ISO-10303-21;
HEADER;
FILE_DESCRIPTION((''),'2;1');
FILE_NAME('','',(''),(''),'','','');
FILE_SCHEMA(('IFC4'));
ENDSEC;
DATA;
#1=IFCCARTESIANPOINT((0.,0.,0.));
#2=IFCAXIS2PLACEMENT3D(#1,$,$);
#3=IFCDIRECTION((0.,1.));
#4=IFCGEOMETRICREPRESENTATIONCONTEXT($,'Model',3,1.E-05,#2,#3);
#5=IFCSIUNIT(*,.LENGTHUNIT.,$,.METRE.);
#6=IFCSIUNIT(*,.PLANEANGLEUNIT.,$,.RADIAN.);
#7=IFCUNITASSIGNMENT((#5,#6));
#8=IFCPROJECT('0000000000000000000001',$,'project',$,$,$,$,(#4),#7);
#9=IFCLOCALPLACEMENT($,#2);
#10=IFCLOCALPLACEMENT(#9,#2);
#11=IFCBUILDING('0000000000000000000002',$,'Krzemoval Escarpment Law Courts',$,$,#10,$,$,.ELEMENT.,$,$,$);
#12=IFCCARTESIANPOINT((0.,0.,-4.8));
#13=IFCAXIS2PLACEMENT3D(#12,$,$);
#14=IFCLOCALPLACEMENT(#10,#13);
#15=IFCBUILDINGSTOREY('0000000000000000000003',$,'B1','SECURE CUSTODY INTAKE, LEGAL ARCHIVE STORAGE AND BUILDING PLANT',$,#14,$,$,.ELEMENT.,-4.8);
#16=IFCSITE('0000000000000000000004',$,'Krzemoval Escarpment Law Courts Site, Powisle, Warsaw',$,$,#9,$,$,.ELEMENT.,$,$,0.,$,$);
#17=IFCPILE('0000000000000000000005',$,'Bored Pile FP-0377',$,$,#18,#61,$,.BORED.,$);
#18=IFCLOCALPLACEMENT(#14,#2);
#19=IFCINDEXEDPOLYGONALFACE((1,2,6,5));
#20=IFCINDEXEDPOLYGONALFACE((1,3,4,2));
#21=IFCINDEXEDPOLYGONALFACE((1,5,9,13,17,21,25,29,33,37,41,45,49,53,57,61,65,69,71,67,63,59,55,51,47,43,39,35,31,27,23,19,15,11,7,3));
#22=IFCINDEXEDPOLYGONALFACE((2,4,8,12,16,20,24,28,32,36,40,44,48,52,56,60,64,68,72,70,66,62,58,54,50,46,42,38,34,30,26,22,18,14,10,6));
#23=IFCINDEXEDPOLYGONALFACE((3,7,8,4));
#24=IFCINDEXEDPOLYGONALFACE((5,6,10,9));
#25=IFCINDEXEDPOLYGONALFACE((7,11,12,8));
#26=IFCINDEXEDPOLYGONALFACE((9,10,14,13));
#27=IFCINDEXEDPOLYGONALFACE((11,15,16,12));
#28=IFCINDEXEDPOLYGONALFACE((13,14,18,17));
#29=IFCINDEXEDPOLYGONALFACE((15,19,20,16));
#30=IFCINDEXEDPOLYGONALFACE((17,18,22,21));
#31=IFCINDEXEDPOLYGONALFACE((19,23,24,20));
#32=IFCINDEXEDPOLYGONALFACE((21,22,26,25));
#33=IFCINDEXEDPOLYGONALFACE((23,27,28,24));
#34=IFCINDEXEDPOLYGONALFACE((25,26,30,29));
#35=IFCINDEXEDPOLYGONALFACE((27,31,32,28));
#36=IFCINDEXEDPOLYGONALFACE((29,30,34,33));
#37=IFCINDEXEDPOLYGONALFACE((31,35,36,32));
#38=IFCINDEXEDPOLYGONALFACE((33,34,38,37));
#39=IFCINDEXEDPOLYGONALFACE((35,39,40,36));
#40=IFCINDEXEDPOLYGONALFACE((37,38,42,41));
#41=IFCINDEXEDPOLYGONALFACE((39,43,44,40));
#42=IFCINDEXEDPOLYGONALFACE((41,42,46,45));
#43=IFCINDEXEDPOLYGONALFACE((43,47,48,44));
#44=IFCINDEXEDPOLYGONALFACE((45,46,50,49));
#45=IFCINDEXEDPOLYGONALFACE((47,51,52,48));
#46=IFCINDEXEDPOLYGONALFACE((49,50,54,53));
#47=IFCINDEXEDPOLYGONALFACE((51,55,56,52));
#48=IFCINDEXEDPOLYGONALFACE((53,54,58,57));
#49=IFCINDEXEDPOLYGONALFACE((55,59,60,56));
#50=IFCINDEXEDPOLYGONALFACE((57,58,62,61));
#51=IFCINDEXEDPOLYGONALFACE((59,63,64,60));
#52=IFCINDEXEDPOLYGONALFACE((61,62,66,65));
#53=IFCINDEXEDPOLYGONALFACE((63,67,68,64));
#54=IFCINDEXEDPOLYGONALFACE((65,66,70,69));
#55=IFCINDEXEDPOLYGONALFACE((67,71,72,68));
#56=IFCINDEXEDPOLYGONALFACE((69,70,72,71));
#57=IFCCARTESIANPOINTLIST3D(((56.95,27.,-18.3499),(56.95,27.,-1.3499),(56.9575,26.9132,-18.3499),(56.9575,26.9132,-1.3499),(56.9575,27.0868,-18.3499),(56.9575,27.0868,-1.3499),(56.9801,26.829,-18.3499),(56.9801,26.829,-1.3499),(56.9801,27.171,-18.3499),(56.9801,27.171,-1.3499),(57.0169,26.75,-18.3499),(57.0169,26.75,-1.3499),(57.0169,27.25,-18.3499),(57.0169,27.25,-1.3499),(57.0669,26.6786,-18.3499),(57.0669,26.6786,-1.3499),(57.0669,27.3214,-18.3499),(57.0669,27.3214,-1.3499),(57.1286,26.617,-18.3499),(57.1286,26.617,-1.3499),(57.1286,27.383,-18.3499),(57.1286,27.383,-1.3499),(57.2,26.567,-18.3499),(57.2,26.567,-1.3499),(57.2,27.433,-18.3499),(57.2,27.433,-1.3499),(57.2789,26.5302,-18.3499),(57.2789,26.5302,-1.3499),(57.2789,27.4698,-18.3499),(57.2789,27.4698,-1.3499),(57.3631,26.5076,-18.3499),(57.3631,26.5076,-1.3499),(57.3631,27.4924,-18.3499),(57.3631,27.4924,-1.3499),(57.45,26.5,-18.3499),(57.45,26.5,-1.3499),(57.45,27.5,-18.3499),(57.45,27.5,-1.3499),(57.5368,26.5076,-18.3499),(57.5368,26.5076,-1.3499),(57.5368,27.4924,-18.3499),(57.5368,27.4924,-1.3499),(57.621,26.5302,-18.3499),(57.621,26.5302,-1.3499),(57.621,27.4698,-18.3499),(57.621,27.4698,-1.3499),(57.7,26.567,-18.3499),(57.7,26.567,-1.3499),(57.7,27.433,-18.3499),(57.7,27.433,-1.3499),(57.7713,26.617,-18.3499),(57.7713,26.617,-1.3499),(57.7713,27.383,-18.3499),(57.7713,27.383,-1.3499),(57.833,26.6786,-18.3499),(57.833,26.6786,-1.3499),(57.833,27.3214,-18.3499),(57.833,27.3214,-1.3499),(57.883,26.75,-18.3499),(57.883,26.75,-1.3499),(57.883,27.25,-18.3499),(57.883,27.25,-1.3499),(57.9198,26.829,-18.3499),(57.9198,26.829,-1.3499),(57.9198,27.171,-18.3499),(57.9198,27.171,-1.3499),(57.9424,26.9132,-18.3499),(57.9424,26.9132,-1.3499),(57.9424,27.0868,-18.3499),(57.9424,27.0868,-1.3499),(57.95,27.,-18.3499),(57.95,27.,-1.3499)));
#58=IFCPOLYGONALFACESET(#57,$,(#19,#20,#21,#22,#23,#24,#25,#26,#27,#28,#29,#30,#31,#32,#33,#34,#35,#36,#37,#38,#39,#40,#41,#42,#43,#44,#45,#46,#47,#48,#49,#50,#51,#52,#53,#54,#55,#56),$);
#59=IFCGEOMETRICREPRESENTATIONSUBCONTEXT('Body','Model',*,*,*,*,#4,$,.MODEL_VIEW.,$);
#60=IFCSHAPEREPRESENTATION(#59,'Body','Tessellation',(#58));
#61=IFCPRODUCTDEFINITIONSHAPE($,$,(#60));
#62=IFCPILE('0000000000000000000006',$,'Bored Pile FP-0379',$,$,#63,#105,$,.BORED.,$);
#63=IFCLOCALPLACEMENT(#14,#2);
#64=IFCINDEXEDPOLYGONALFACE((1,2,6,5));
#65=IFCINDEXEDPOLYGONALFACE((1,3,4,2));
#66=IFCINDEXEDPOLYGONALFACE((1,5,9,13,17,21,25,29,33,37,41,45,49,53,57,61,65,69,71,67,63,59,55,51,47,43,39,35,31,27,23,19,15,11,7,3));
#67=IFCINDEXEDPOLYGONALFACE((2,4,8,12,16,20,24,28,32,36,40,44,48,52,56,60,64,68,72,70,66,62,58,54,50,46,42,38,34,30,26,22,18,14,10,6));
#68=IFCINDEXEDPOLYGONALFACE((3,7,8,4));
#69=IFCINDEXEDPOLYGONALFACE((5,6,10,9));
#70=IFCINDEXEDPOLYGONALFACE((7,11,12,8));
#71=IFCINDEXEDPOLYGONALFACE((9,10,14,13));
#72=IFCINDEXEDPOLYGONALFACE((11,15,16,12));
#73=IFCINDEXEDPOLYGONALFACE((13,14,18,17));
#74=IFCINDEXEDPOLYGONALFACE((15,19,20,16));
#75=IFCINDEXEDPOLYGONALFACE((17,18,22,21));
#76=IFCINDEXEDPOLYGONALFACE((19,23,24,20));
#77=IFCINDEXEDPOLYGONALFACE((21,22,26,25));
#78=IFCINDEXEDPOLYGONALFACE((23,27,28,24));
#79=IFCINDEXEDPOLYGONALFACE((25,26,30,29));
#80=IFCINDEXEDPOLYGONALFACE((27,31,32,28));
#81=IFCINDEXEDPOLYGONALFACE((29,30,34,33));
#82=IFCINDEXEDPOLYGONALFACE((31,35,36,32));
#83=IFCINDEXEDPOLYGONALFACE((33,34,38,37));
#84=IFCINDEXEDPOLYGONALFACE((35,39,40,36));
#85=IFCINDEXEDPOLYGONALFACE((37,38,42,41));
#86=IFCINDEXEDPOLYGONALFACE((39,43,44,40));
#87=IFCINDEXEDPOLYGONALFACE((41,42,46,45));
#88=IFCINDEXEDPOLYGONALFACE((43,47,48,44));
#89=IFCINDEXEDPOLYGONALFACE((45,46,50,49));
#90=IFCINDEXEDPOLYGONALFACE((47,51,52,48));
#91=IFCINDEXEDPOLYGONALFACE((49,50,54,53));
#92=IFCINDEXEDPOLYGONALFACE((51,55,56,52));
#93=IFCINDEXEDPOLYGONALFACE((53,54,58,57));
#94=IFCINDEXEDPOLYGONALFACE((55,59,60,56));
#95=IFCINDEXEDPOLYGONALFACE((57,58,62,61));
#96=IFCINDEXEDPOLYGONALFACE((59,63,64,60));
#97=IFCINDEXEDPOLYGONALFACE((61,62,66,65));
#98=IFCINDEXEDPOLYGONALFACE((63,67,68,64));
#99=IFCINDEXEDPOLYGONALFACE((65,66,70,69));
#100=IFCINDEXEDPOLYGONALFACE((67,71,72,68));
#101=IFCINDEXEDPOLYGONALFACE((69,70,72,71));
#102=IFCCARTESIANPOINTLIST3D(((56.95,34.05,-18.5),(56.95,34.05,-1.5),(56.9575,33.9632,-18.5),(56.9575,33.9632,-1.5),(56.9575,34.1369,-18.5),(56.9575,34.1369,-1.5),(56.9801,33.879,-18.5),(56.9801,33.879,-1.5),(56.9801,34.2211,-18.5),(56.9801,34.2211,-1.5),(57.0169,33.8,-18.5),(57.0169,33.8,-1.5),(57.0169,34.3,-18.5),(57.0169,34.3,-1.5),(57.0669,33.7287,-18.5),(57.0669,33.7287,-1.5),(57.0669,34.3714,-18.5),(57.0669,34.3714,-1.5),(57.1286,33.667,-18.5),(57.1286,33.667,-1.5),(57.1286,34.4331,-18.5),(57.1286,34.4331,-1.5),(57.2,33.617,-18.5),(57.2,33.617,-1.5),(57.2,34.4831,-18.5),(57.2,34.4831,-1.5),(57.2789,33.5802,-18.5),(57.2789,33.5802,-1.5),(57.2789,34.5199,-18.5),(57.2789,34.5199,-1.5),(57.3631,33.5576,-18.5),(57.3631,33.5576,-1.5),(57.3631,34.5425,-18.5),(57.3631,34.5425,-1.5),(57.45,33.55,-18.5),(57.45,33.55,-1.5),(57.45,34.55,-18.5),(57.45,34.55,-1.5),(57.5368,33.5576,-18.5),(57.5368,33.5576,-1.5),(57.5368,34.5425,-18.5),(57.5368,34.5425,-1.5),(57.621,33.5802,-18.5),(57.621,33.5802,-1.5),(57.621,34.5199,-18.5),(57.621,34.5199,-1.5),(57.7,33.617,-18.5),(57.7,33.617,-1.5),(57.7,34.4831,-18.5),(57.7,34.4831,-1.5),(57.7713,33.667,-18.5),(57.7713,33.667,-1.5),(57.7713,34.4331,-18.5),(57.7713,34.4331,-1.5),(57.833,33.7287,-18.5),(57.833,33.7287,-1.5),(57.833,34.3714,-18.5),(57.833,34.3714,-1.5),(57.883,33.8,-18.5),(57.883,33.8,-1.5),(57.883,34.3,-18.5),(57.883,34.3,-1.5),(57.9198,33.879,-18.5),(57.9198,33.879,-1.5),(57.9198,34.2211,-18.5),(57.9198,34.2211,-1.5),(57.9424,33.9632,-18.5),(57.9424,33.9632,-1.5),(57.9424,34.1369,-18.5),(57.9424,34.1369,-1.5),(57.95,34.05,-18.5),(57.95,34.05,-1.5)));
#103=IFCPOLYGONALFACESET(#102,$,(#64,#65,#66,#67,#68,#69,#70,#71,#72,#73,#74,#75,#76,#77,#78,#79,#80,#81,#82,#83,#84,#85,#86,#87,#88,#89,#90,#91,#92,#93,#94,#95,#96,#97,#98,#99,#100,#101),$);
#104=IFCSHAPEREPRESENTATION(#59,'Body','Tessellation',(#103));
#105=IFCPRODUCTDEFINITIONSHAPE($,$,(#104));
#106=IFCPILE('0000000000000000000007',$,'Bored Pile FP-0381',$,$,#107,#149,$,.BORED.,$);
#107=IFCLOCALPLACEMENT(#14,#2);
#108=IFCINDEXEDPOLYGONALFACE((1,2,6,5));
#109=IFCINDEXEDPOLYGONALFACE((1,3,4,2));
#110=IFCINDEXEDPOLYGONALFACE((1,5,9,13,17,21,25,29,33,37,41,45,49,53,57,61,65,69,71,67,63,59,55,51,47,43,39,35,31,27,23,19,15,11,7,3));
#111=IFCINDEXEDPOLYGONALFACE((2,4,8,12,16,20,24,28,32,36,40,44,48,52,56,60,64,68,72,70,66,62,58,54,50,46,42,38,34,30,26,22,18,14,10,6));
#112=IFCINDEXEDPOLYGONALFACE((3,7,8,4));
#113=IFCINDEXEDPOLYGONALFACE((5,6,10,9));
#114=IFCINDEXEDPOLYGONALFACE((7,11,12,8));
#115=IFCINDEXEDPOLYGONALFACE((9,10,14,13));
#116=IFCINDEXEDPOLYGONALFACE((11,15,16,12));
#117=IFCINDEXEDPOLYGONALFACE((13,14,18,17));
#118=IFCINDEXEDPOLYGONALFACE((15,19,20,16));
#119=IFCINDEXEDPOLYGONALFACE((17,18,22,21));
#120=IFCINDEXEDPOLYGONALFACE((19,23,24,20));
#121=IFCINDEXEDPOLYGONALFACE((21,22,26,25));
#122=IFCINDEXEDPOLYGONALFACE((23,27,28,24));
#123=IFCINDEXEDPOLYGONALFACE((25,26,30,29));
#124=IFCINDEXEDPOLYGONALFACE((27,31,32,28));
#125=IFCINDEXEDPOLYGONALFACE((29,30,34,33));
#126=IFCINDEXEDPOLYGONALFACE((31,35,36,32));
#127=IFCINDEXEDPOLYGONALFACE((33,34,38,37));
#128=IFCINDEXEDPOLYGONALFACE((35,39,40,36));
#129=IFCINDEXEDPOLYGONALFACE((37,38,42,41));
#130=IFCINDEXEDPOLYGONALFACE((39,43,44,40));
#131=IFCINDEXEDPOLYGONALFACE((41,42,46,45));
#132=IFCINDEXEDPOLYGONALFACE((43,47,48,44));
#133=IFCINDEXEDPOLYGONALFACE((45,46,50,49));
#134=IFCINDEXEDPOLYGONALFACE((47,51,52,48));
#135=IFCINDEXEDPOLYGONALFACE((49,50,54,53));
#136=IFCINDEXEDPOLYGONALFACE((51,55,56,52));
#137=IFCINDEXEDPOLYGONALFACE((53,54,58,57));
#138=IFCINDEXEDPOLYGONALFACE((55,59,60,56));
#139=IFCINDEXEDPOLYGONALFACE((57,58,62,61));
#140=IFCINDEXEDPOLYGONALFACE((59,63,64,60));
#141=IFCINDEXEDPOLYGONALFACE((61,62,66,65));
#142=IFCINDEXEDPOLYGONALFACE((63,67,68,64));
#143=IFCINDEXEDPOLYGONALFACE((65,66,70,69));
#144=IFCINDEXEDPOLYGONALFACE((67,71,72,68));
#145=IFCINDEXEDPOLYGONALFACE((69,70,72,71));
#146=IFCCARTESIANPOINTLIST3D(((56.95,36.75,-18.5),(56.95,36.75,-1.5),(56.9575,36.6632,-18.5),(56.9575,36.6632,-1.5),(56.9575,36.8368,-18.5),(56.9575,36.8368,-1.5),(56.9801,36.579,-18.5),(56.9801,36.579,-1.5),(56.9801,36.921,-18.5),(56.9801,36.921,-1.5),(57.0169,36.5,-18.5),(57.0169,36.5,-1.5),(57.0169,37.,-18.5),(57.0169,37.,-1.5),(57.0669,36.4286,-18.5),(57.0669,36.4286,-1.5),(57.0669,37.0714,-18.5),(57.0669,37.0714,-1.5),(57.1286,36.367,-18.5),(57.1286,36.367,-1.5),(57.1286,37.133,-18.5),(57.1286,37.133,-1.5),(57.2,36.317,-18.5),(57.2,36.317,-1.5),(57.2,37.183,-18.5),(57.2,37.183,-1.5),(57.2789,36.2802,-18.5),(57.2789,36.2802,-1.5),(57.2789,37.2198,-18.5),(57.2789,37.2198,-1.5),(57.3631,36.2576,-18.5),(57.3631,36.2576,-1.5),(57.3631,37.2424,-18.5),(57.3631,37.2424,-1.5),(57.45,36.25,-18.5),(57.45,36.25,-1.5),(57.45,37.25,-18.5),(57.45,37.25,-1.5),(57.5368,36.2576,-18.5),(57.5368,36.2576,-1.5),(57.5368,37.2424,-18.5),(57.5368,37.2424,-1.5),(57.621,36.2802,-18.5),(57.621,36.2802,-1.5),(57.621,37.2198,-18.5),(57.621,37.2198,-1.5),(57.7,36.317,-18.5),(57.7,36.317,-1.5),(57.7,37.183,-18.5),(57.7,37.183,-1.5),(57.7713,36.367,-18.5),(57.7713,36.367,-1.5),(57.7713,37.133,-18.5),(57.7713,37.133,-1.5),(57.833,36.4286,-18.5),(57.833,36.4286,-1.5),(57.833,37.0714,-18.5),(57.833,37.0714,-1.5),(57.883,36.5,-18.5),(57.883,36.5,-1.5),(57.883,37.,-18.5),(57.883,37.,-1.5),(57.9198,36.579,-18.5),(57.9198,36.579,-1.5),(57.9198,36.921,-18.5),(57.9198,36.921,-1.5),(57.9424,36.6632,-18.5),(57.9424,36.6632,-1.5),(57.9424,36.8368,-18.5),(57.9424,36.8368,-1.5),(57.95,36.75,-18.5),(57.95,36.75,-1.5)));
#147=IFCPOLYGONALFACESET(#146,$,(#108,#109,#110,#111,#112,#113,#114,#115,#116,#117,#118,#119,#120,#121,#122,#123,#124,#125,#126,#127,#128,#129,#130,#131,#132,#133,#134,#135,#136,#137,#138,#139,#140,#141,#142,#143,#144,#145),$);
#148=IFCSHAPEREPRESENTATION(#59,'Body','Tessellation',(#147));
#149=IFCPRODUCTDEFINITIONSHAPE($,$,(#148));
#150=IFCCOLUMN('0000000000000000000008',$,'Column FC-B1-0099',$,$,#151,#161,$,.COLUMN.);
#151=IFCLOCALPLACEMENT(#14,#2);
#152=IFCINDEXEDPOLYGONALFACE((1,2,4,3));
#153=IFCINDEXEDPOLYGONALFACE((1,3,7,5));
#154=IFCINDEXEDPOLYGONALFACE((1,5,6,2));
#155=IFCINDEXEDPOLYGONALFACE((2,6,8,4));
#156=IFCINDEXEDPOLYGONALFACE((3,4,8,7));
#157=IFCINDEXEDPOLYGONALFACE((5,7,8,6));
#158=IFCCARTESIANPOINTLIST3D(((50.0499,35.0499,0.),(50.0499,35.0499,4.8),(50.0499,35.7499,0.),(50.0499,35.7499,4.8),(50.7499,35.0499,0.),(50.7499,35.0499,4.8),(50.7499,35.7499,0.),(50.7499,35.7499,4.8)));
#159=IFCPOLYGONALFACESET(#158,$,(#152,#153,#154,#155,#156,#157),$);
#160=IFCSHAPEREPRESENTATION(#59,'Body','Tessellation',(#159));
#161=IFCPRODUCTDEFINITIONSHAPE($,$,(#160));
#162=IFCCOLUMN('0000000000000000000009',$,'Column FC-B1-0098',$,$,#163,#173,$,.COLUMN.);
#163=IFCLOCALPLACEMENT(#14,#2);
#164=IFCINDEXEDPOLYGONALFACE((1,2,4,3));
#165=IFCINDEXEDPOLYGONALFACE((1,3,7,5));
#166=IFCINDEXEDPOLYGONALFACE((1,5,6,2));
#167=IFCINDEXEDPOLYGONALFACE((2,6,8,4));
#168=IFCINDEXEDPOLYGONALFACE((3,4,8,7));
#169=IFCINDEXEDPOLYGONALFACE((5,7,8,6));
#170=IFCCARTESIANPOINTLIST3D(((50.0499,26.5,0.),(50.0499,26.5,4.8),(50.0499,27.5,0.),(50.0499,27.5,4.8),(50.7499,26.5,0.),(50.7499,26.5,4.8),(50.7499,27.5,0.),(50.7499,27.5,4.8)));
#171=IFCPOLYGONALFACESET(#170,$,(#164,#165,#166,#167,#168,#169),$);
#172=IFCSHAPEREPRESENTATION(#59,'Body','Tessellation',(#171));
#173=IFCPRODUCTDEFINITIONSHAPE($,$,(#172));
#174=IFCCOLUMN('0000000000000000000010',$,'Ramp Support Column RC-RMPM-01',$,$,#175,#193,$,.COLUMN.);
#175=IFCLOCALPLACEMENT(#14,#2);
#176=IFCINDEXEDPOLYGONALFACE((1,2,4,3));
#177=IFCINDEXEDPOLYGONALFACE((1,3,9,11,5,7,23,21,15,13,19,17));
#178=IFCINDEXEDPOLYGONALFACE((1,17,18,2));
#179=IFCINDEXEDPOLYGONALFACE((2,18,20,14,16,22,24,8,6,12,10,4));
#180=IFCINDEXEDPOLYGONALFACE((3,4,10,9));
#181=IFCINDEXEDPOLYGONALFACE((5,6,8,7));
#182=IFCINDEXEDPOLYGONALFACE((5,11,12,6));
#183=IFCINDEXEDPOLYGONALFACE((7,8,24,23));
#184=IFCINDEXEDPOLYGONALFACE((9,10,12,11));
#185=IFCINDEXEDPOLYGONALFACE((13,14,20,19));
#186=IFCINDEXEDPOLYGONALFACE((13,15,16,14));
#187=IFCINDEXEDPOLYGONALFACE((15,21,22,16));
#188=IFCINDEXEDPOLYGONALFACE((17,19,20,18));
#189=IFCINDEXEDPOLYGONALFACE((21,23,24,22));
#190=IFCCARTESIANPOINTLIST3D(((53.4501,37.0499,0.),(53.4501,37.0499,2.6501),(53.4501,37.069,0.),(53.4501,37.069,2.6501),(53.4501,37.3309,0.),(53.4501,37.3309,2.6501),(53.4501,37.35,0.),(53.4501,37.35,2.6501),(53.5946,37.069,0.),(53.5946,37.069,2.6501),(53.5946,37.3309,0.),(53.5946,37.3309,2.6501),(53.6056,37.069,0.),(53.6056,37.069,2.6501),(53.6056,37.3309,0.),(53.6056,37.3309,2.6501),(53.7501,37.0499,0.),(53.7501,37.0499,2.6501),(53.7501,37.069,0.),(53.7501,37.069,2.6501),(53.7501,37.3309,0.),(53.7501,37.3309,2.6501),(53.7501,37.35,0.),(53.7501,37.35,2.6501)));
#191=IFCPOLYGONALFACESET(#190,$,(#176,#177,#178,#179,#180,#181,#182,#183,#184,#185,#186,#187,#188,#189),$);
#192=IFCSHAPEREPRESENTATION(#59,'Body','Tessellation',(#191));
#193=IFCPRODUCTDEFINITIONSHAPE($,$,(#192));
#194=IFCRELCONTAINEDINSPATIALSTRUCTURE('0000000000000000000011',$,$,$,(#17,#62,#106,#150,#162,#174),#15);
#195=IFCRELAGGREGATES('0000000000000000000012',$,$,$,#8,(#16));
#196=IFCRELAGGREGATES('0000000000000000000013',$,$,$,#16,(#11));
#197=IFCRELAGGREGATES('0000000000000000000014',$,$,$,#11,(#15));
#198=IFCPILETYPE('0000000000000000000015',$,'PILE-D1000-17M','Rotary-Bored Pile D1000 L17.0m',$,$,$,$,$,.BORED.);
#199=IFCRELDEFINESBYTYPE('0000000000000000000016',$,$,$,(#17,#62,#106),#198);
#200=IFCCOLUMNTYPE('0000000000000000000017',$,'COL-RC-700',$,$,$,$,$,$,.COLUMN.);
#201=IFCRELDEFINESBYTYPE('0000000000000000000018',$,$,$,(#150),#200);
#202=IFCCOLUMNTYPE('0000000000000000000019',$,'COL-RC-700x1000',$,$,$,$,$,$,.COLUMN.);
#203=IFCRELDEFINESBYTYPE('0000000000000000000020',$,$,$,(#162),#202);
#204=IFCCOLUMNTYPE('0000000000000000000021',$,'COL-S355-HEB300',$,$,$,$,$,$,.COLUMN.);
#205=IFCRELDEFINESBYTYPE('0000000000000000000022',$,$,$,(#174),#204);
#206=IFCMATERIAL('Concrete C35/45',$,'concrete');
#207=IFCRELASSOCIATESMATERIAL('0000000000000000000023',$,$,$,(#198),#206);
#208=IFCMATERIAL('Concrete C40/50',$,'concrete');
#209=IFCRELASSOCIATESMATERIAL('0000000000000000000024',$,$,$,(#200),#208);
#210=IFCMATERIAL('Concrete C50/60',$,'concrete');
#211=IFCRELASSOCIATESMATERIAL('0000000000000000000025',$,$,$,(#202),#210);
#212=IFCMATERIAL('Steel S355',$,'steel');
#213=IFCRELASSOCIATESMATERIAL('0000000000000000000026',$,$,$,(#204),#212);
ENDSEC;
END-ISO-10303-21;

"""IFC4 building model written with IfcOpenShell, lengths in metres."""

from ifc_helpers import new_model, si_unit, direction, frame, origin, origin_2d, place, context, subcontext, project, spatial, rectangle, circle, i_section, extrude, material, material_profile, profile_set, type_object, element, save


model = new_model("IFC4")

# Units and contexts
model_context = context("Model", 3, precision=1e-05, world=origin(), true_north=direction((0.0, 1.0)))
body_context = subcontext(model_context, "Body", "Model", "MODEL_VIEW")
ifc_project = project(units=[si_unit("LENGTHUNIT", "METRE"), si_unit("PLANEANGLEUNIT", "RADIAN")], contexts=[model_context])

# Site, building, storey
site_placement = place(None, origin())
site = spatial("IfcSite", under=ifc_project, at=site_placement, Name="Krzemoval Escarpment Law Courts Site, Powisle, Warsaw", CompositionType="ELEMENT", RefElevation=0.0)
building_placement = place(site_placement, origin())
building = spatial("IfcBuilding", under=site, at=building_placement, Name="Krzemoval Escarpment Law Courts", CompositionType="ELEMENT")
storey_placement = place(building_placement, frame((0.0, 0.0, -4.8)))
storey = spatial("IfcBuildingStorey", under=building, at=storey_placement, Name="B1", Description="SECURE CUSTODY INTAKE, LEGAL ARCHIVE STORAGE AND BUILDING PLANT", CompositionType="ELEMENT", Elevation=-4.8)

# Piles
ifc_material_1 = material(Name="Concrete C35/45", Category="concrete")
ifc_material_profile_1 = material_profile(ifc_material_1, circle(Radius=0.5, at=origin_2d()), Name="PILE D1000")
ifc_profile_set_1 = profile_set([ifc_material_profile_1], Name="Concrete C35/45")
pile_type = type_object("IfcPileType", Name="PILE-D1000-17M", Description="Rotary-Bored Pile D1000 L17.0m", PredefinedType="BORED", material=ifc_profile_set_1)
for number, where, z_axis, x_axis, name in (
    (1, (57.45, 27.0, -1.3499), (0.0, 0.0, -1.0), (1.0, 0.0, 0.0), "Bored Pile FP-0377"),
    (2, (57.45, 34.05, -1.5), (0.0, 0.0, -1.0), (1.0, 0.0, 0.0), "Bored Pile FP-0379"),
    (3, (57.45, 36.75, -1.5), (0.0, 0.0, -1.0), (1.0, 0.0, 0.0), "Bored Pile FP-0381"),
):
    element("IfcPile", number, at=place(storey_placement, frame(where, z_axis=z_axis, x_axis=x_axis)), inside=storey, type_object=pile_type, Name=name, PredefinedType="BORED", context=body_context, shape_type="SweptSolid", body=[
        extrude(circle(Radius=0.5, at=origin_2d()), origin(), (0.0, 0.0, 1.0), 17.0),
    ])

# Columns
ifc_material_2 = material(Name="Concrete C40/50", Category="concrete")
ifc_material_profile_2 = material_profile(ifc_material_2, rectangle(XDim=0.7, YDim=0.7, at=origin_2d()), Name="RC 700x700")
ifc_profile_set_2 = profile_set([ifc_material_profile_2], Name="Concrete C40/50")
column_type_1 = type_object("IfcColumnType", Name="COL-RC-700", PredefinedType="COLUMN", material=ifc_profile_set_2)
column_1_placement = place(storey_placement, frame((50.3999, 35.3999, 0.0), z_axis=(0.0, 0.0, 1.0), x_axis=(1.0, 0.0, 0.0)))
element("IfcColumn", 4, at=column_1_placement, inside=storey, type_object=column_type_1, Name="Column FC-B1-0099", PredefinedType="COLUMN", context=body_context, shape_type="SweptSolid", body=[
    extrude(rectangle(XDim=0.7, YDim=0.7, at=origin_2d()), origin(), (0.0, 0.0, 1.0), 4.8),
])
ifc_material_3 = material(Name="Concrete C50/60", Category="concrete")
ifc_material_profile_3 = material_profile(ifc_material_3, rectangle(XDim=0.7, YDim=1.0, at=origin_2d()), Name="RC 700x1000")
ifc_profile_set_3 = profile_set([ifc_material_profile_3], Name="Concrete C50/60")
column_type_2 = type_object("IfcColumnType", Name="COL-RC-700x1000", PredefinedType="COLUMN", material=ifc_profile_set_3)
column_2_placement = place(storey_placement, frame((50.3999, 27.0, 0.0), z_axis=(0.0, 0.0, 1.0), x_axis=(1.0, 0.0, 0.0)))
element("IfcColumn", 5, at=column_2_placement, inside=storey, type_object=column_type_2, Name="Column FC-B1-0098", PredefinedType="COLUMN", context=body_context, shape_type="SweptSolid", body=[
    extrude(rectangle(XDim=0.7, YDim=1.0, at=origin_2d()), origin(), (0.0, 0.0, 1.0), 4.8),
])
ifc_material_4 = material(Name="Steel S355", Category="steel")
ifc_material_profile_4 = material_profile(ifc_material_4, i_section(OverallWidth=0.3, OverallDepth=0.3, WebThickness=0.011, FlangeThickness=0.019, at=origin_2d()), Name="HEB 300")
ifc_profile_set_4 = profile_set([ifc_material_profile_4], Name="Steel S355")
column_type_3 = type_object("IfcColumnType", Name="COL-S355-HEB300", PredefinedType="COLUMN", material=ifc_profile_set_4)
column_3_placement = place(storey_placement, frame((53.6001, 37.2, 0.0), z_axis=(0.0, 0.0, 1.0), x_axis=(1.0, 0.0, 0.0)))
element("IfcColumn", 6, at=column_3_placement, inside=storey, type_object=column_type_3, Name="Ramp Support Column RC-RMPM-01", PredefinedType="COLUMN", context=body_context, shape_type="SweptSolid", body=[
    extrude(i_section(OverallWidth=0.3, OverallDepth=0.3, WebThickness=0.011, FlangeThickness=0.019, at=origin_2d()), origin(), (0.0, 0.0, 1.0), 2.6501),
])

save(model, "model.ifc")
